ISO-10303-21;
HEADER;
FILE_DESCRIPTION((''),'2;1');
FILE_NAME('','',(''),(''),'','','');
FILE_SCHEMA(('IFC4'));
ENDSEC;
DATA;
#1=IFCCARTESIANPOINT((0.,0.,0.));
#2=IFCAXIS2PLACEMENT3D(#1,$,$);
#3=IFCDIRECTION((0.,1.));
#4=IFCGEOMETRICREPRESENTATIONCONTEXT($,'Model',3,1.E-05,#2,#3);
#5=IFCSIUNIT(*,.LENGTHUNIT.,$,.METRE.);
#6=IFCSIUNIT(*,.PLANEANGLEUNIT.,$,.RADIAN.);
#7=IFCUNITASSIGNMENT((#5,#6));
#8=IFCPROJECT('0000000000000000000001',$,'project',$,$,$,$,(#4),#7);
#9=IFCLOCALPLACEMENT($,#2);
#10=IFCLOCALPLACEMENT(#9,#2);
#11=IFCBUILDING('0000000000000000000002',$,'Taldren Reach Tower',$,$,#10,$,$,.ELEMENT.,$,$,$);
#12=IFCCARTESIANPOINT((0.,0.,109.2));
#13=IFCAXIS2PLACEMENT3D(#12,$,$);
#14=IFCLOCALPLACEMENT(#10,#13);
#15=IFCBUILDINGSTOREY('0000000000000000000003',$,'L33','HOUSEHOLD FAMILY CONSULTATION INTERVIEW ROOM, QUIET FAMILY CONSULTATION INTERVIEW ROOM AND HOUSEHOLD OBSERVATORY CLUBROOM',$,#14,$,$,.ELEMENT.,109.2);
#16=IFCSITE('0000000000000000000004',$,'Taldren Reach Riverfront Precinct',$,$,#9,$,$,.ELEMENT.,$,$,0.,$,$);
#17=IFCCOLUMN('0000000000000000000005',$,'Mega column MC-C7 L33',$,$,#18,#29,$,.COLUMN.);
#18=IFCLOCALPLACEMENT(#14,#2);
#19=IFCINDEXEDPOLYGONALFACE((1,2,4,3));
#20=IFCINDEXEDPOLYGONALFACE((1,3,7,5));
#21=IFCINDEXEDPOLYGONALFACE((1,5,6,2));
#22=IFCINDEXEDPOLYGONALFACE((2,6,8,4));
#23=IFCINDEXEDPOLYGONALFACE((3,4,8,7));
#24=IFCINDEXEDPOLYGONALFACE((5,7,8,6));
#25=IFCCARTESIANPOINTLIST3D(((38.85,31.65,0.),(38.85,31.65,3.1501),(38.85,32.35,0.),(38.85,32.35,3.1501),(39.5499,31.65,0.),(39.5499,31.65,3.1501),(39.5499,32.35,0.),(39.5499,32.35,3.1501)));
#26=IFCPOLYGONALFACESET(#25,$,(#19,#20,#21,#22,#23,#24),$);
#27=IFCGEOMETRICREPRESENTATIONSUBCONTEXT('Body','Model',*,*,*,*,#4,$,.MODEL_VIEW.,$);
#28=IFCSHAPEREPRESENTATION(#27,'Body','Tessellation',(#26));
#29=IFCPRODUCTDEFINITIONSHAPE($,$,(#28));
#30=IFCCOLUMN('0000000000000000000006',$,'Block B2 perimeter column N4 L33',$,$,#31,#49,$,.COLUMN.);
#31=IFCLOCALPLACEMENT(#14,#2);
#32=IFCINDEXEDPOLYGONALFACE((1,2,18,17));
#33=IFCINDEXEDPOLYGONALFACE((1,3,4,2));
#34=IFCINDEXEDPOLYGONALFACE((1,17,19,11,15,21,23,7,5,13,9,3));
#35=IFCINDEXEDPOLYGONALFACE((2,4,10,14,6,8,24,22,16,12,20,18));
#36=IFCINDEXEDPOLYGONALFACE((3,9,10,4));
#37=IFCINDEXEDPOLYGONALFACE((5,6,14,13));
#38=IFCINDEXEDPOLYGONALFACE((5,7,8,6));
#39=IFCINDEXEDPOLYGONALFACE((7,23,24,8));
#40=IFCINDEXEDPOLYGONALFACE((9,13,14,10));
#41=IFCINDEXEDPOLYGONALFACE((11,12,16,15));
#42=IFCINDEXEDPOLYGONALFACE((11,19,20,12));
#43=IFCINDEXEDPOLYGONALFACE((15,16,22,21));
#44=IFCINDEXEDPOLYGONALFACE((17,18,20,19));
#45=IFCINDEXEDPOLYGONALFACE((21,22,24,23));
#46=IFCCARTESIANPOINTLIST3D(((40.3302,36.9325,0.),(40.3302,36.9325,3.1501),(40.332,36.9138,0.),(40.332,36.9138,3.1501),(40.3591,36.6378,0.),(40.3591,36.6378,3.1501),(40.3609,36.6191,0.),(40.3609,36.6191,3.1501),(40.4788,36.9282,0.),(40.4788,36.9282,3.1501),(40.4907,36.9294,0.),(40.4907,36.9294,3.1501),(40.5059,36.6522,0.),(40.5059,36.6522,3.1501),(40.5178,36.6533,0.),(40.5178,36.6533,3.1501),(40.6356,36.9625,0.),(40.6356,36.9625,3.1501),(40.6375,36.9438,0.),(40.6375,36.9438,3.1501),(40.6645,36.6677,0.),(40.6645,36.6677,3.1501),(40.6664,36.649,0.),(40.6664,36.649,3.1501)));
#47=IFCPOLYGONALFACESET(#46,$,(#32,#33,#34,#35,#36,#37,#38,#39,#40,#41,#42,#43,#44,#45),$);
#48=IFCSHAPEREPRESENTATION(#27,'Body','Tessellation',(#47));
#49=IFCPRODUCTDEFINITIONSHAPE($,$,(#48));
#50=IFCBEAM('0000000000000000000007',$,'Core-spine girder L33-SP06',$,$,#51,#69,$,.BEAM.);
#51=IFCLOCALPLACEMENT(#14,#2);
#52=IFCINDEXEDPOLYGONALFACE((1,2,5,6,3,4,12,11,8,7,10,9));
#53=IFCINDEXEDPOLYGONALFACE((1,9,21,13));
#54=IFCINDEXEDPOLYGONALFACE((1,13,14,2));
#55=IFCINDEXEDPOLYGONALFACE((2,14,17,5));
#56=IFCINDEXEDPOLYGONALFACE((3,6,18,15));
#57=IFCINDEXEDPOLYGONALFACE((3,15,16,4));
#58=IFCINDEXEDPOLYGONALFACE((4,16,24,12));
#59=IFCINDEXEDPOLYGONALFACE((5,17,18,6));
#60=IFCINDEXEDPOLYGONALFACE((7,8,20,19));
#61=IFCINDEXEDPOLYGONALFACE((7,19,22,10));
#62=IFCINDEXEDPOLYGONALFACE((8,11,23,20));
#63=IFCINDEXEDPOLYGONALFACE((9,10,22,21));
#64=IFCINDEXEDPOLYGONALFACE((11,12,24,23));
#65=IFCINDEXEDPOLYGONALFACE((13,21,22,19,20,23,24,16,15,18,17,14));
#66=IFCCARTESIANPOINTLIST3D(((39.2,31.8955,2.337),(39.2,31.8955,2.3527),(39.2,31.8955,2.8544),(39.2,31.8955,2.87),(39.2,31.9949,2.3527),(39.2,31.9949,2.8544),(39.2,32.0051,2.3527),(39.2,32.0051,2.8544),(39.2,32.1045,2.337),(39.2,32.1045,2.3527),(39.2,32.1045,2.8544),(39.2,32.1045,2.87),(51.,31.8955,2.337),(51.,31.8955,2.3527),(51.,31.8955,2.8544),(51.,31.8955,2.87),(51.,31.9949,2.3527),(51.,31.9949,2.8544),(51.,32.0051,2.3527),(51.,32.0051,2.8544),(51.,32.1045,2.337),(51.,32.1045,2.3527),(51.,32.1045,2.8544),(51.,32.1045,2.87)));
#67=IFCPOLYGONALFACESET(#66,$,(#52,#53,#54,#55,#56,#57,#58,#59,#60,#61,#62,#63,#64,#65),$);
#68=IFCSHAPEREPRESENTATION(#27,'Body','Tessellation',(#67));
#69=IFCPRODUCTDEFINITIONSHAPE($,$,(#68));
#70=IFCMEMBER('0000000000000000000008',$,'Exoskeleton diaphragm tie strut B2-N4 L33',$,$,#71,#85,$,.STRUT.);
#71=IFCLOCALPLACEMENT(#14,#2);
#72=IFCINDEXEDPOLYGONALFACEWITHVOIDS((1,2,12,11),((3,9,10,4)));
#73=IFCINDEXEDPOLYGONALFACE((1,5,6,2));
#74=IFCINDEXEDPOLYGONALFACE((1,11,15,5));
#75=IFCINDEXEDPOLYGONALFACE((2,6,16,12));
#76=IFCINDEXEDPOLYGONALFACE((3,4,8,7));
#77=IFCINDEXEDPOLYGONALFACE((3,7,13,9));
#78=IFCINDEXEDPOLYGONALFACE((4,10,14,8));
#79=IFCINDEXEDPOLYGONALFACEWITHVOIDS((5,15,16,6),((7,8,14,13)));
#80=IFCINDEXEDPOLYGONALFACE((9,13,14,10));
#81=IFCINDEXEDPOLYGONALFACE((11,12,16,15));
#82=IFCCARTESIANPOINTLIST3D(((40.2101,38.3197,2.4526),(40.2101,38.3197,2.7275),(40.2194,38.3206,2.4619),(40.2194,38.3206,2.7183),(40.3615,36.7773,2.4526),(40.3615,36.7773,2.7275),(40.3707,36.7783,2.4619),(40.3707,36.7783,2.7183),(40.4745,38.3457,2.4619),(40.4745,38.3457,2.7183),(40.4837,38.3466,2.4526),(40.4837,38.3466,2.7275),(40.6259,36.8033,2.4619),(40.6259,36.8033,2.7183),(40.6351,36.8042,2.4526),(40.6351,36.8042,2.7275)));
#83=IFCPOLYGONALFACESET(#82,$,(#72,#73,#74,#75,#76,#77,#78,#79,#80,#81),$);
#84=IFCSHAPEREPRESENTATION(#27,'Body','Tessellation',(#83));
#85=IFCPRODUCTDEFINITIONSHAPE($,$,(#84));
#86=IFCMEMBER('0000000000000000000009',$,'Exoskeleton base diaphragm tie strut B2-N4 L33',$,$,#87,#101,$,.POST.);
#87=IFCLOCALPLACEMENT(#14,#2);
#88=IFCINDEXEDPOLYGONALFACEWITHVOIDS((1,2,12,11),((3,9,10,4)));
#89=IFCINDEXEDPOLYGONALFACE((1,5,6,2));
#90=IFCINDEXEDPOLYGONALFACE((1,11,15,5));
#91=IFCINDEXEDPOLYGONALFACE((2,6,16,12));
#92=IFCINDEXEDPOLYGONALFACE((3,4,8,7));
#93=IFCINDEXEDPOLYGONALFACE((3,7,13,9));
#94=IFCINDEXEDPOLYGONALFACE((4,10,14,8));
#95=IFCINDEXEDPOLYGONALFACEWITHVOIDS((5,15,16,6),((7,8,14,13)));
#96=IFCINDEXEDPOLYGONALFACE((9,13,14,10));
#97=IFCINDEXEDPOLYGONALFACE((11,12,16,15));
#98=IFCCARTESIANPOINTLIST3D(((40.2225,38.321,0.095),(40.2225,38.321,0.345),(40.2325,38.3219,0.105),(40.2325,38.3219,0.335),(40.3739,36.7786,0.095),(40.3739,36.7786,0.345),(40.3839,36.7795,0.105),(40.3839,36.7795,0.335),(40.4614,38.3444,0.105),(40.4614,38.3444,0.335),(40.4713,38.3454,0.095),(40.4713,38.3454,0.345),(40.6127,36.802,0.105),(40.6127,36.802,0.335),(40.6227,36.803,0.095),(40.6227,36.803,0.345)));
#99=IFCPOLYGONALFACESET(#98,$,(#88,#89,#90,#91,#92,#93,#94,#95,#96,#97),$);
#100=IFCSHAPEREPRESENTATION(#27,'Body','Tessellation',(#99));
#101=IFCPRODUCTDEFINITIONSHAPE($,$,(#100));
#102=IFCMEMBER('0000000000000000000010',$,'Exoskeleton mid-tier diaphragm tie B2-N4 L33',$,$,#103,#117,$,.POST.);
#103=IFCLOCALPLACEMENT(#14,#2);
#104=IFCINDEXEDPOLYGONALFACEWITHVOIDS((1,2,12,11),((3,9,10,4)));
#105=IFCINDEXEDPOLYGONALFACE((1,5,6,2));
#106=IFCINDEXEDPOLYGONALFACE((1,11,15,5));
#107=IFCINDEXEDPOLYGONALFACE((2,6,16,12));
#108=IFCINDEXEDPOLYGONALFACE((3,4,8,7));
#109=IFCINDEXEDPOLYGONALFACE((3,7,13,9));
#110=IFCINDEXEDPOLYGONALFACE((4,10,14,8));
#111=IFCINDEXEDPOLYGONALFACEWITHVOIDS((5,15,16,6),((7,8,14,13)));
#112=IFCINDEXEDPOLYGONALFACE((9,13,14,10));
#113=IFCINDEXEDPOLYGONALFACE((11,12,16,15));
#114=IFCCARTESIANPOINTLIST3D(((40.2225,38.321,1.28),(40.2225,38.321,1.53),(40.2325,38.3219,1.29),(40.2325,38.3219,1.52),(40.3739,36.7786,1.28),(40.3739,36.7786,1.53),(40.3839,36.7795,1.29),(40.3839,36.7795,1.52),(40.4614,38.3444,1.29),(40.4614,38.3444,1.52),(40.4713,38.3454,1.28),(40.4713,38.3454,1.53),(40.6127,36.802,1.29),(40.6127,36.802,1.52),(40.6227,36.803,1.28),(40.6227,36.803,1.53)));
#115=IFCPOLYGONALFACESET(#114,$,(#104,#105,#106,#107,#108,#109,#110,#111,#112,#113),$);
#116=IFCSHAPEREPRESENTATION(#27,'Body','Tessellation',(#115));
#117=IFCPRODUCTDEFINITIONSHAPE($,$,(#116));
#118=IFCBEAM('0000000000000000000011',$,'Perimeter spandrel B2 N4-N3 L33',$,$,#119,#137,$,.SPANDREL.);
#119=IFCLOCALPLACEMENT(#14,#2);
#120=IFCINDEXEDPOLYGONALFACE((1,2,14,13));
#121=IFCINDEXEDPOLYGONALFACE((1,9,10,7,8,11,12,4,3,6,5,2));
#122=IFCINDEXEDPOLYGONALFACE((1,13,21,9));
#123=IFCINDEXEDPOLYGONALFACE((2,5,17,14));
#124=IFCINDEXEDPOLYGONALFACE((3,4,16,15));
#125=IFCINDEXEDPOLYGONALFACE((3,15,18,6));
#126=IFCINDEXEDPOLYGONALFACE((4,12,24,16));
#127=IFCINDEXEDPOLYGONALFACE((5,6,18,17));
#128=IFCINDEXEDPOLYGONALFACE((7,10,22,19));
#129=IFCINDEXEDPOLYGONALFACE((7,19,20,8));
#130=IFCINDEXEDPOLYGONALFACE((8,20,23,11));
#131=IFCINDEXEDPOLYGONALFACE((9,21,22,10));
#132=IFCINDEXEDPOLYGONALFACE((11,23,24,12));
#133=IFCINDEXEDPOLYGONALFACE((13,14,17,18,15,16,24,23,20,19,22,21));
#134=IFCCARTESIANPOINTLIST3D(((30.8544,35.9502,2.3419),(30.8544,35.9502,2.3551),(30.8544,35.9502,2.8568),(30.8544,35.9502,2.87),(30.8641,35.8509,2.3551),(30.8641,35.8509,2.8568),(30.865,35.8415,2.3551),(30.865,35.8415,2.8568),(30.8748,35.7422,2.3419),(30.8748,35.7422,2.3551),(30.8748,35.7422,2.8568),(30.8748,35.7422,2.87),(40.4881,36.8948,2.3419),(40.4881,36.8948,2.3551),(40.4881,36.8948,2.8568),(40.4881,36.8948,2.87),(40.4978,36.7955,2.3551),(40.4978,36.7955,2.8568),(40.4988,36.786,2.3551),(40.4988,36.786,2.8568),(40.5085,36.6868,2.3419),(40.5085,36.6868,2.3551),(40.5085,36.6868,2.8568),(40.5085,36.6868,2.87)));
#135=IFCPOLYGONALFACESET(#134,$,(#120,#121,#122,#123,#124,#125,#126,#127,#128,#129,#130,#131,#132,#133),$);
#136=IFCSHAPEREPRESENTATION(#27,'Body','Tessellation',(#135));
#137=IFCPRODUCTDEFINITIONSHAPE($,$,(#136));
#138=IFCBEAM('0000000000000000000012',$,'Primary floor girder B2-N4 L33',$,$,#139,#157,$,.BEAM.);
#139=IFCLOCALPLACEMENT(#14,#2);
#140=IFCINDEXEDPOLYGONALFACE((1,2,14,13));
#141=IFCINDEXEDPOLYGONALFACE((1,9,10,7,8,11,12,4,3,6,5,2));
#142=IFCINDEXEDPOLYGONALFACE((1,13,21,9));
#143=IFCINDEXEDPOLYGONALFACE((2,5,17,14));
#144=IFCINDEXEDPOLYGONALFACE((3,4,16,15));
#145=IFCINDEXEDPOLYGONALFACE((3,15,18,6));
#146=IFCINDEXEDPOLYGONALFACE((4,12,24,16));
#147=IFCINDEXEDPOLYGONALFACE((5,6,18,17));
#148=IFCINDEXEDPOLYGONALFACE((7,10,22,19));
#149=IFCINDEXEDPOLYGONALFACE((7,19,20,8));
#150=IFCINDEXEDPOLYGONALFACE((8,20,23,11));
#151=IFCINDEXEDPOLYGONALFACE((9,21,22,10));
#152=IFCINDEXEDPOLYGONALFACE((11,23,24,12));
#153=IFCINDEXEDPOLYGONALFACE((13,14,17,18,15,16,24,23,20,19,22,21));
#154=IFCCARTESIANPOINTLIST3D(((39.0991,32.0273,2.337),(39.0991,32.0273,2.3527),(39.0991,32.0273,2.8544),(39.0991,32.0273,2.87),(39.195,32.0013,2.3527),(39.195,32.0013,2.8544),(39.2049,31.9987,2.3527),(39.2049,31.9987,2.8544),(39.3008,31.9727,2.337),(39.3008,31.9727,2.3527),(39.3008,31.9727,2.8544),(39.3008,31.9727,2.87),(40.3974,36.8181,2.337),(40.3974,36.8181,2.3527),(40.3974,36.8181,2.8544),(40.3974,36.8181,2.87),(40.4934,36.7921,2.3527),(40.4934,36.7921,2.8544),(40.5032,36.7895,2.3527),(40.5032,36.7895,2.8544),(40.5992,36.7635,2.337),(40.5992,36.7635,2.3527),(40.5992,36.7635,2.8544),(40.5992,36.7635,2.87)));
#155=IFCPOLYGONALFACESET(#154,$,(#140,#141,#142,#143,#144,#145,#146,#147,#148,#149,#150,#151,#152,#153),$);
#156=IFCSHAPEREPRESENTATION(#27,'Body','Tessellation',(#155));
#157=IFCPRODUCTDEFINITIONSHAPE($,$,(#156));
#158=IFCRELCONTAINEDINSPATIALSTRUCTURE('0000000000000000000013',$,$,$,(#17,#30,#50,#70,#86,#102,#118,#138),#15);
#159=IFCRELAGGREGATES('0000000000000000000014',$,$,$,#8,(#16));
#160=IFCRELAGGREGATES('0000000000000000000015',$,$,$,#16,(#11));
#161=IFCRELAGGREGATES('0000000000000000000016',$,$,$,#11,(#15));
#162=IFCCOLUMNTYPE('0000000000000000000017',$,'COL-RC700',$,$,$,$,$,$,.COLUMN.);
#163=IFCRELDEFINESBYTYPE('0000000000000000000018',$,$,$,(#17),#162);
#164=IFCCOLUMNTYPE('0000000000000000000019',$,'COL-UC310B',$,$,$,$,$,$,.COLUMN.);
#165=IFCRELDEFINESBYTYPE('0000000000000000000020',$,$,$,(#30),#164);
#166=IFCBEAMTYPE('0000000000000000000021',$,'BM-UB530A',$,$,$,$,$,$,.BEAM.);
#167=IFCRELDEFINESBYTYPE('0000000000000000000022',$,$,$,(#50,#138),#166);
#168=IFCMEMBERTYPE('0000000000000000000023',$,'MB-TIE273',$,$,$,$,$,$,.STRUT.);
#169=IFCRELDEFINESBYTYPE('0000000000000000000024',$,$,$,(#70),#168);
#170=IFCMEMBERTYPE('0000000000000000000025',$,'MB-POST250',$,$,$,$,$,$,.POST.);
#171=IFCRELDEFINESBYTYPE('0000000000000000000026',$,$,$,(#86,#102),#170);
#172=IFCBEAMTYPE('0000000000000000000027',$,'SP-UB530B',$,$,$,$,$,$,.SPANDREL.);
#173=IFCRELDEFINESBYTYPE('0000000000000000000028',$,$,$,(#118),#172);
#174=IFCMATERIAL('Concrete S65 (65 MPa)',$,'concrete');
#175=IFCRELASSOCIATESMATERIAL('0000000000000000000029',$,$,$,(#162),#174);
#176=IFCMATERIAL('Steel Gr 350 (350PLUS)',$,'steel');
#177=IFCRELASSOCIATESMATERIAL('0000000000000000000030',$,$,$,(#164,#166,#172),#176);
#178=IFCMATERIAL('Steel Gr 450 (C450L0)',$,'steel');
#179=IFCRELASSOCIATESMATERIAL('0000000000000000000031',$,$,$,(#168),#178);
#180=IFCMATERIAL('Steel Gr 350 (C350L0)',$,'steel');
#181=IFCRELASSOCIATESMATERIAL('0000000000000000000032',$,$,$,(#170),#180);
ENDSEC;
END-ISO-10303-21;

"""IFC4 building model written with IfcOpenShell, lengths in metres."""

from ifc_helpers import new_model, si_unit, direction, frame, origin, origin_2d, place, context, subcontext, project, spatial, rectangle, hollow_rectangle, i_section, extrude, source, transform, mapped, material, material_profile, profile_set, type_object, element, save


model = new_model("IFC4")

# Units and contexts
model_context = context("Model", 3, precision=1e-05, world=origin(), true_north=direction((0.0, 1.0)))
body_context = subcontext(model_context, "Body", "Model", "MODEL_VIEW")
ifc_project = project(units=[si_unit("LENGTHUNIT", "METRE"), si_unit("PLANEANGLEUNIT", "RADIAN")], contexts=[model_context])

# Site, building, storey
site_placement = place(None, origin())
site = spatial("IfcSite", under=ifc_project, at=site_placement, Name="Taldren Reach Riverfront Precinct", CompositionType="ELEMENT", RefElevation=0.0)
building_placement = place(site_placement, origin())
building = spatial("IfcBuilding", under=site, at=building_placement, Name="Taldren Reach Tower", CompositionType="ELEMENT")
storey_placement = place(building_placement, frame((0.0, 0.0, 109.2)))
storey = spatial("IfcBuildingStorey", under=building, at=storey_placement, Name="L33", Description="HOUSEHOLD FAMILY CONSULTATION INTERVIEW ROOM, QUIET FAMILY CONSULTATION INTERVIEW ROOM AND HOUSEHOLD OBSERVATORY CLUBROOM", CompositionType="ELEMENT", Elevation=109.2)

# Columns
ifc_material_1 = material(Name="Concrete S65 (65 MPa)", Category="concrete")
ifc_material_profile_1 = material_profile(ifc_material_1, rectangle(XDim=0.7, YDim=0.7, at=origin_2d()), Name="RC-700x700")
ifc_profile_set_1 = profile_set([ifc_material_profile_1], Name="Concrete S65 (65 MPa)")
column_type_1 = type_object("IfcColumnType", Name="COL-RC700", PredefinedType="COLUMN", material=ifc_profile_set_1)
shared_shape_1 = source(origin(), body_context, "Body", "SweptSolid", [
    extrude(rectangle(XDim=0.7, YDim=0.7, at=origin_2d()), origin(), (0.0, 0.0, 1.0), 3.1501),
])
column_1_placement = place(storey_placement, frame((39.2, 32.0, 0.0), z_axis=(0.0, 0.0, 1.0), x_axis=(1.0, 0.0, 0.0)))
element("IfcColumn", 1, at=column_1_placement, inside=storey, type_object=column_type_1, Name="Mega column MC-C7 L33", PredefinedType="COLUMN", context=body_context, shape_type="MappedRepresentation", body=[
    mapped(shared_shape_1, transform((0.0, 0.0, 0.0), scale=1.0)),
])
ifc_material_2 = material(Name="Steel Gr 350 (350PLUS)", Category="steel")
ifc_material_profile_2 = material_profile(ifc_material_2, i_section(OverallWidth=0.3069, OverallDepth=0.3149, WebThickness=0.012, FlangeThickness=0.0188, at=origin_2d()), Name="310UC118")
ifc_profile_set_2 = profile_set([ifc_material_profile_2], Name="Steel Gr 350 (350PLUS)")
column_type_2 = type_object("IfcColumnType", Name="COL-UC310B", PredefinedType="COLUMN", material=ifc_profile_set_2)
shared_shape_2 = source(origin(), body_context, "Body", "SweptSolid", [
    extrude(i_section(OverallWidth=0.3069, OverallDepth=0.3149, WebThickness=0.012, FlangeThickness=0.0188, at=origin_2d()), origin(), (0.0, 0.0, 1.0), 3.1501),
])
column_2_placement = place(storey_placement, frame((40.4983, 36.7908, 0.0), z_axis=(0.0, 0.0, 1.0), x_axis=(0.995227, 0.097583, 0.0)))
element("IfcColumn", 2, at=column_2_placement, inside=storey, type_object=column_type_2, Name="Block B2 perimeter column N4 L33", PredefinedType="COLUMN", context=body_context, shape_type="MappedRepresentation", body=[
    mapped(shared_shape_2, transform((0.0, 0.0, 0.0), scale=1.0)),
])

# Beam
ifc_material_profile_3 = material_profile(ifc_material_2, i_section(OverallWidth=0.209, OverallDepth=0.533, WebThickness=0.0103, FlangeThickness=0.0156, at=origin_2d()), Name="530UB92.4")
ifc_profile_set_3 = profile_set([ifc_material_profile_3], Name="Steel Gr 350 (350PLUS)")
beam_type_1 = type_object("IfcBeamType", Name="BM-UB530A", PredefinedType="BEAM", material=ifc_profile_set_3)
shared_shape_3 = source(origin(), body_context, "Body", "SweptSolid", [
    extrude(i_section(OverallWidth=0.209, OverallDepth=0.533, WebThickness=0.0103, FlangeThickness=0.0156, at=origin_2d()), origin(), (0.0, 0.0, 1.0), 11.8),
])
beam_1_placement = place(storey_placement, frame((39.2, 32.0, 2.6035), z_axis=(1.0, 0.0, 0.0), x_axis=(0.0, 1.0, 0.0)))
element("IfcBeam", 3, at=beam_1_placement, inside=storey, type_object=beam_type_1, Name="Core-spine girder L33-SP06", PredefinedType="BEAM", context=body_context, shape_type="MappedRepresentation", body=[
    mapped(shared_shape_3, transform((0.0, 0.0, 0.0), scale=1.0)),
])

# Members
ifc_material_3 = material(Name="Steel Gr 450 (C450L0)", Category="steel")
ifc_material_profile_4 = material_profile(ifc_material_3, hollow_rectangle(XDim=0.2749, YDim=0.2749, WallThickness=0.0093, at=origin_2d()), Name="275x275x9.3SHS")
ifc_profile_set_4 = profile_set([ifc_material_profile_4], Name="Steel Gr 450 (C450L0)")
member_type_1 = type_object("IfcMemberType", Name="MB-TIE273", PredefinedType="STRUT", material=ifc_profile_set_4)
shared_shape_4 = source(origin(), body_context, "Body", "SweptSolid", [
    extrude(hollow_rectangle(XDim=0.2749, YDim=0.2749, WallThickness=0.0093, at=origin_2d()), origin(), (0.0, 0.0, 1.0), 1.5498),
])
member_1_placement = place(storey_placement, frame((40.4983, 36.7908, 2.5901), z_axis=(-0.097663, 0.99522, 0.0), x_axis=(-0.99522, -0.097663, 0.0)))
element("IfcMember", 4, at=member_1_placement, inside=storey, type_object=member_type_1, Name="Exoskeleton diaphragm tie strut B2-N4 L33", PredefinedType="STRUT", context=body_context, shape_type="MappedRepresentation", body=[
    mapped(shared_shape_4, transform((0.0, 0.0, 0.0), scale=1.0)),
])
ifc_material_4 = material(Name="Steel Gr 350 (C350L0)", Category="steel")
ifc_material_profile_5 = material_profile(ifc_material_4, hollow_rectangle(XDim=0.25, YDim=0.25, WallThickness=0.01, at=origin_2d()), Name="250x250x10.0SHS")
ifc_profile_set_5 = profile_set([ifc_material_profile_5], Name="Steel Gr 350 (C350L0)")
member_type_2 = type_object("IfcMemberType", Name="MB-POST250", PredefinedType="POST", material=ifc_profile_set_5)
shared_shape_5 = source(origin(), body_context, "Body", "SweptSolid", [
    extrude(hollow_rectangle(XDim=0.25, YDim=0.25, WallThickness=0.01, at=origin_2d()), origin(), (0.0, 0.0, 1.0), 1.5498),
])
for number, where, z_axis, x_axis, name in (
    (5, (40.4983, 36.7908, 0.22), (-0.097663, 0.99522, 0.0), (-0.99522, -0.097663, 0.0), "Exoskeleton base diaphragm tie strut B2-N4 L33"),
    (6, (40.4983, 36.7908, 1.405), (-0.097663, 0.99522, 0.0), (-0.99522, -0.097663, 0.0), "Exoskeleton mid-tier diaphragm tie B2-N4 L33"),
):
    element("IfcMember", number, at=place(storey_placement, frame(where, z_axis=z_axis, x_axis=x_axis)), inside=storey, type_object=member_type_2, Name=name, PredefinedType="POST", context=body_context, shape_type="MappedRepresentation", body=[
        mapped(shared_shape_5, transform((0.0, 0.0, 0.0), scale=1.0)),
    ])

# Beams
ifc_material_profile_6 = material_profile(ifc_material_2, i_section(OverallWidth=0.209, OverallDepth=0.5281, WebThickness=0.0095, FlangeThickness=0.0132, at=origin_2d()), Name="530UB82.0")
ifc_profile_set_6 = profile_set([ifc_material_profile_6], Name="Steel Gr 350 (350PLUS)")
beam_type_2 = type_object("IfcBeamType", Name="SP-UB530B", PredefinedType="SPANDREL", material=ifc_profile_set_6)
shared_shape_6 = source(origin(), body_context, "Body", "SweptSolid", [
    extrude(i_section(OverallWidth=0.209, OverallDepth=0.5281, WebThickness=0.0095, FlangeThickness=0.0132, at=origin_2d()), origin(), (0.0, 0.0, 1.0), 9.6799),
])
beam_2_placement = place(storey_placement, frame((40.4983, 36.7908, 2.606), z_axis=(-0.995228, -0.097581, 0.0), x_axis=(0.097581, -0.995228, 0.0)))
element("IfcBeam", 7, at=beam_2_placement, inside=storey, type_object=beam_type_2, Name="Perimeter spandrel B2 N4-N3 L33", PredefinedType="SPANDREL", context=body_context, shape_type="MappedRepresentation", body=[
    mapped(shared_shape_6, transform((0.0, 0.0, 0.0), scale=1.0)),
])
shared_shape_7 = source(origin(), body_context, "Body", "SweptSolid", [
    extrude(i_section(OverallWidth=0.209, OverallDepth=0.533, WebThickness=0.0103, FlangeThickness=0.0156, at=origin_2d()), origin(), (0.0, 0.0, 1.0), 4.9636),
])
beam_3_placement = place(storey_placement, frame((39.2, 32.0, 2.6035), z_axis=(0.261573, 0.965184, 0.0), x_axis=(-0.965184, 0.261573, 0.0)))
element("IfcBeam", 8, at=beam_3_placement, inside=storey, type_object=beam_type_1, Name="Primary floor girder B2-N4 L33", PredefinedType="BEAM", context=body_context, shape_type="MappedRepresentation", body=[
    mapped(shared_shape_7, transform((0.0, 0.0, 0.0), scale=1.0)),
])

save(model, "model.ifc")
